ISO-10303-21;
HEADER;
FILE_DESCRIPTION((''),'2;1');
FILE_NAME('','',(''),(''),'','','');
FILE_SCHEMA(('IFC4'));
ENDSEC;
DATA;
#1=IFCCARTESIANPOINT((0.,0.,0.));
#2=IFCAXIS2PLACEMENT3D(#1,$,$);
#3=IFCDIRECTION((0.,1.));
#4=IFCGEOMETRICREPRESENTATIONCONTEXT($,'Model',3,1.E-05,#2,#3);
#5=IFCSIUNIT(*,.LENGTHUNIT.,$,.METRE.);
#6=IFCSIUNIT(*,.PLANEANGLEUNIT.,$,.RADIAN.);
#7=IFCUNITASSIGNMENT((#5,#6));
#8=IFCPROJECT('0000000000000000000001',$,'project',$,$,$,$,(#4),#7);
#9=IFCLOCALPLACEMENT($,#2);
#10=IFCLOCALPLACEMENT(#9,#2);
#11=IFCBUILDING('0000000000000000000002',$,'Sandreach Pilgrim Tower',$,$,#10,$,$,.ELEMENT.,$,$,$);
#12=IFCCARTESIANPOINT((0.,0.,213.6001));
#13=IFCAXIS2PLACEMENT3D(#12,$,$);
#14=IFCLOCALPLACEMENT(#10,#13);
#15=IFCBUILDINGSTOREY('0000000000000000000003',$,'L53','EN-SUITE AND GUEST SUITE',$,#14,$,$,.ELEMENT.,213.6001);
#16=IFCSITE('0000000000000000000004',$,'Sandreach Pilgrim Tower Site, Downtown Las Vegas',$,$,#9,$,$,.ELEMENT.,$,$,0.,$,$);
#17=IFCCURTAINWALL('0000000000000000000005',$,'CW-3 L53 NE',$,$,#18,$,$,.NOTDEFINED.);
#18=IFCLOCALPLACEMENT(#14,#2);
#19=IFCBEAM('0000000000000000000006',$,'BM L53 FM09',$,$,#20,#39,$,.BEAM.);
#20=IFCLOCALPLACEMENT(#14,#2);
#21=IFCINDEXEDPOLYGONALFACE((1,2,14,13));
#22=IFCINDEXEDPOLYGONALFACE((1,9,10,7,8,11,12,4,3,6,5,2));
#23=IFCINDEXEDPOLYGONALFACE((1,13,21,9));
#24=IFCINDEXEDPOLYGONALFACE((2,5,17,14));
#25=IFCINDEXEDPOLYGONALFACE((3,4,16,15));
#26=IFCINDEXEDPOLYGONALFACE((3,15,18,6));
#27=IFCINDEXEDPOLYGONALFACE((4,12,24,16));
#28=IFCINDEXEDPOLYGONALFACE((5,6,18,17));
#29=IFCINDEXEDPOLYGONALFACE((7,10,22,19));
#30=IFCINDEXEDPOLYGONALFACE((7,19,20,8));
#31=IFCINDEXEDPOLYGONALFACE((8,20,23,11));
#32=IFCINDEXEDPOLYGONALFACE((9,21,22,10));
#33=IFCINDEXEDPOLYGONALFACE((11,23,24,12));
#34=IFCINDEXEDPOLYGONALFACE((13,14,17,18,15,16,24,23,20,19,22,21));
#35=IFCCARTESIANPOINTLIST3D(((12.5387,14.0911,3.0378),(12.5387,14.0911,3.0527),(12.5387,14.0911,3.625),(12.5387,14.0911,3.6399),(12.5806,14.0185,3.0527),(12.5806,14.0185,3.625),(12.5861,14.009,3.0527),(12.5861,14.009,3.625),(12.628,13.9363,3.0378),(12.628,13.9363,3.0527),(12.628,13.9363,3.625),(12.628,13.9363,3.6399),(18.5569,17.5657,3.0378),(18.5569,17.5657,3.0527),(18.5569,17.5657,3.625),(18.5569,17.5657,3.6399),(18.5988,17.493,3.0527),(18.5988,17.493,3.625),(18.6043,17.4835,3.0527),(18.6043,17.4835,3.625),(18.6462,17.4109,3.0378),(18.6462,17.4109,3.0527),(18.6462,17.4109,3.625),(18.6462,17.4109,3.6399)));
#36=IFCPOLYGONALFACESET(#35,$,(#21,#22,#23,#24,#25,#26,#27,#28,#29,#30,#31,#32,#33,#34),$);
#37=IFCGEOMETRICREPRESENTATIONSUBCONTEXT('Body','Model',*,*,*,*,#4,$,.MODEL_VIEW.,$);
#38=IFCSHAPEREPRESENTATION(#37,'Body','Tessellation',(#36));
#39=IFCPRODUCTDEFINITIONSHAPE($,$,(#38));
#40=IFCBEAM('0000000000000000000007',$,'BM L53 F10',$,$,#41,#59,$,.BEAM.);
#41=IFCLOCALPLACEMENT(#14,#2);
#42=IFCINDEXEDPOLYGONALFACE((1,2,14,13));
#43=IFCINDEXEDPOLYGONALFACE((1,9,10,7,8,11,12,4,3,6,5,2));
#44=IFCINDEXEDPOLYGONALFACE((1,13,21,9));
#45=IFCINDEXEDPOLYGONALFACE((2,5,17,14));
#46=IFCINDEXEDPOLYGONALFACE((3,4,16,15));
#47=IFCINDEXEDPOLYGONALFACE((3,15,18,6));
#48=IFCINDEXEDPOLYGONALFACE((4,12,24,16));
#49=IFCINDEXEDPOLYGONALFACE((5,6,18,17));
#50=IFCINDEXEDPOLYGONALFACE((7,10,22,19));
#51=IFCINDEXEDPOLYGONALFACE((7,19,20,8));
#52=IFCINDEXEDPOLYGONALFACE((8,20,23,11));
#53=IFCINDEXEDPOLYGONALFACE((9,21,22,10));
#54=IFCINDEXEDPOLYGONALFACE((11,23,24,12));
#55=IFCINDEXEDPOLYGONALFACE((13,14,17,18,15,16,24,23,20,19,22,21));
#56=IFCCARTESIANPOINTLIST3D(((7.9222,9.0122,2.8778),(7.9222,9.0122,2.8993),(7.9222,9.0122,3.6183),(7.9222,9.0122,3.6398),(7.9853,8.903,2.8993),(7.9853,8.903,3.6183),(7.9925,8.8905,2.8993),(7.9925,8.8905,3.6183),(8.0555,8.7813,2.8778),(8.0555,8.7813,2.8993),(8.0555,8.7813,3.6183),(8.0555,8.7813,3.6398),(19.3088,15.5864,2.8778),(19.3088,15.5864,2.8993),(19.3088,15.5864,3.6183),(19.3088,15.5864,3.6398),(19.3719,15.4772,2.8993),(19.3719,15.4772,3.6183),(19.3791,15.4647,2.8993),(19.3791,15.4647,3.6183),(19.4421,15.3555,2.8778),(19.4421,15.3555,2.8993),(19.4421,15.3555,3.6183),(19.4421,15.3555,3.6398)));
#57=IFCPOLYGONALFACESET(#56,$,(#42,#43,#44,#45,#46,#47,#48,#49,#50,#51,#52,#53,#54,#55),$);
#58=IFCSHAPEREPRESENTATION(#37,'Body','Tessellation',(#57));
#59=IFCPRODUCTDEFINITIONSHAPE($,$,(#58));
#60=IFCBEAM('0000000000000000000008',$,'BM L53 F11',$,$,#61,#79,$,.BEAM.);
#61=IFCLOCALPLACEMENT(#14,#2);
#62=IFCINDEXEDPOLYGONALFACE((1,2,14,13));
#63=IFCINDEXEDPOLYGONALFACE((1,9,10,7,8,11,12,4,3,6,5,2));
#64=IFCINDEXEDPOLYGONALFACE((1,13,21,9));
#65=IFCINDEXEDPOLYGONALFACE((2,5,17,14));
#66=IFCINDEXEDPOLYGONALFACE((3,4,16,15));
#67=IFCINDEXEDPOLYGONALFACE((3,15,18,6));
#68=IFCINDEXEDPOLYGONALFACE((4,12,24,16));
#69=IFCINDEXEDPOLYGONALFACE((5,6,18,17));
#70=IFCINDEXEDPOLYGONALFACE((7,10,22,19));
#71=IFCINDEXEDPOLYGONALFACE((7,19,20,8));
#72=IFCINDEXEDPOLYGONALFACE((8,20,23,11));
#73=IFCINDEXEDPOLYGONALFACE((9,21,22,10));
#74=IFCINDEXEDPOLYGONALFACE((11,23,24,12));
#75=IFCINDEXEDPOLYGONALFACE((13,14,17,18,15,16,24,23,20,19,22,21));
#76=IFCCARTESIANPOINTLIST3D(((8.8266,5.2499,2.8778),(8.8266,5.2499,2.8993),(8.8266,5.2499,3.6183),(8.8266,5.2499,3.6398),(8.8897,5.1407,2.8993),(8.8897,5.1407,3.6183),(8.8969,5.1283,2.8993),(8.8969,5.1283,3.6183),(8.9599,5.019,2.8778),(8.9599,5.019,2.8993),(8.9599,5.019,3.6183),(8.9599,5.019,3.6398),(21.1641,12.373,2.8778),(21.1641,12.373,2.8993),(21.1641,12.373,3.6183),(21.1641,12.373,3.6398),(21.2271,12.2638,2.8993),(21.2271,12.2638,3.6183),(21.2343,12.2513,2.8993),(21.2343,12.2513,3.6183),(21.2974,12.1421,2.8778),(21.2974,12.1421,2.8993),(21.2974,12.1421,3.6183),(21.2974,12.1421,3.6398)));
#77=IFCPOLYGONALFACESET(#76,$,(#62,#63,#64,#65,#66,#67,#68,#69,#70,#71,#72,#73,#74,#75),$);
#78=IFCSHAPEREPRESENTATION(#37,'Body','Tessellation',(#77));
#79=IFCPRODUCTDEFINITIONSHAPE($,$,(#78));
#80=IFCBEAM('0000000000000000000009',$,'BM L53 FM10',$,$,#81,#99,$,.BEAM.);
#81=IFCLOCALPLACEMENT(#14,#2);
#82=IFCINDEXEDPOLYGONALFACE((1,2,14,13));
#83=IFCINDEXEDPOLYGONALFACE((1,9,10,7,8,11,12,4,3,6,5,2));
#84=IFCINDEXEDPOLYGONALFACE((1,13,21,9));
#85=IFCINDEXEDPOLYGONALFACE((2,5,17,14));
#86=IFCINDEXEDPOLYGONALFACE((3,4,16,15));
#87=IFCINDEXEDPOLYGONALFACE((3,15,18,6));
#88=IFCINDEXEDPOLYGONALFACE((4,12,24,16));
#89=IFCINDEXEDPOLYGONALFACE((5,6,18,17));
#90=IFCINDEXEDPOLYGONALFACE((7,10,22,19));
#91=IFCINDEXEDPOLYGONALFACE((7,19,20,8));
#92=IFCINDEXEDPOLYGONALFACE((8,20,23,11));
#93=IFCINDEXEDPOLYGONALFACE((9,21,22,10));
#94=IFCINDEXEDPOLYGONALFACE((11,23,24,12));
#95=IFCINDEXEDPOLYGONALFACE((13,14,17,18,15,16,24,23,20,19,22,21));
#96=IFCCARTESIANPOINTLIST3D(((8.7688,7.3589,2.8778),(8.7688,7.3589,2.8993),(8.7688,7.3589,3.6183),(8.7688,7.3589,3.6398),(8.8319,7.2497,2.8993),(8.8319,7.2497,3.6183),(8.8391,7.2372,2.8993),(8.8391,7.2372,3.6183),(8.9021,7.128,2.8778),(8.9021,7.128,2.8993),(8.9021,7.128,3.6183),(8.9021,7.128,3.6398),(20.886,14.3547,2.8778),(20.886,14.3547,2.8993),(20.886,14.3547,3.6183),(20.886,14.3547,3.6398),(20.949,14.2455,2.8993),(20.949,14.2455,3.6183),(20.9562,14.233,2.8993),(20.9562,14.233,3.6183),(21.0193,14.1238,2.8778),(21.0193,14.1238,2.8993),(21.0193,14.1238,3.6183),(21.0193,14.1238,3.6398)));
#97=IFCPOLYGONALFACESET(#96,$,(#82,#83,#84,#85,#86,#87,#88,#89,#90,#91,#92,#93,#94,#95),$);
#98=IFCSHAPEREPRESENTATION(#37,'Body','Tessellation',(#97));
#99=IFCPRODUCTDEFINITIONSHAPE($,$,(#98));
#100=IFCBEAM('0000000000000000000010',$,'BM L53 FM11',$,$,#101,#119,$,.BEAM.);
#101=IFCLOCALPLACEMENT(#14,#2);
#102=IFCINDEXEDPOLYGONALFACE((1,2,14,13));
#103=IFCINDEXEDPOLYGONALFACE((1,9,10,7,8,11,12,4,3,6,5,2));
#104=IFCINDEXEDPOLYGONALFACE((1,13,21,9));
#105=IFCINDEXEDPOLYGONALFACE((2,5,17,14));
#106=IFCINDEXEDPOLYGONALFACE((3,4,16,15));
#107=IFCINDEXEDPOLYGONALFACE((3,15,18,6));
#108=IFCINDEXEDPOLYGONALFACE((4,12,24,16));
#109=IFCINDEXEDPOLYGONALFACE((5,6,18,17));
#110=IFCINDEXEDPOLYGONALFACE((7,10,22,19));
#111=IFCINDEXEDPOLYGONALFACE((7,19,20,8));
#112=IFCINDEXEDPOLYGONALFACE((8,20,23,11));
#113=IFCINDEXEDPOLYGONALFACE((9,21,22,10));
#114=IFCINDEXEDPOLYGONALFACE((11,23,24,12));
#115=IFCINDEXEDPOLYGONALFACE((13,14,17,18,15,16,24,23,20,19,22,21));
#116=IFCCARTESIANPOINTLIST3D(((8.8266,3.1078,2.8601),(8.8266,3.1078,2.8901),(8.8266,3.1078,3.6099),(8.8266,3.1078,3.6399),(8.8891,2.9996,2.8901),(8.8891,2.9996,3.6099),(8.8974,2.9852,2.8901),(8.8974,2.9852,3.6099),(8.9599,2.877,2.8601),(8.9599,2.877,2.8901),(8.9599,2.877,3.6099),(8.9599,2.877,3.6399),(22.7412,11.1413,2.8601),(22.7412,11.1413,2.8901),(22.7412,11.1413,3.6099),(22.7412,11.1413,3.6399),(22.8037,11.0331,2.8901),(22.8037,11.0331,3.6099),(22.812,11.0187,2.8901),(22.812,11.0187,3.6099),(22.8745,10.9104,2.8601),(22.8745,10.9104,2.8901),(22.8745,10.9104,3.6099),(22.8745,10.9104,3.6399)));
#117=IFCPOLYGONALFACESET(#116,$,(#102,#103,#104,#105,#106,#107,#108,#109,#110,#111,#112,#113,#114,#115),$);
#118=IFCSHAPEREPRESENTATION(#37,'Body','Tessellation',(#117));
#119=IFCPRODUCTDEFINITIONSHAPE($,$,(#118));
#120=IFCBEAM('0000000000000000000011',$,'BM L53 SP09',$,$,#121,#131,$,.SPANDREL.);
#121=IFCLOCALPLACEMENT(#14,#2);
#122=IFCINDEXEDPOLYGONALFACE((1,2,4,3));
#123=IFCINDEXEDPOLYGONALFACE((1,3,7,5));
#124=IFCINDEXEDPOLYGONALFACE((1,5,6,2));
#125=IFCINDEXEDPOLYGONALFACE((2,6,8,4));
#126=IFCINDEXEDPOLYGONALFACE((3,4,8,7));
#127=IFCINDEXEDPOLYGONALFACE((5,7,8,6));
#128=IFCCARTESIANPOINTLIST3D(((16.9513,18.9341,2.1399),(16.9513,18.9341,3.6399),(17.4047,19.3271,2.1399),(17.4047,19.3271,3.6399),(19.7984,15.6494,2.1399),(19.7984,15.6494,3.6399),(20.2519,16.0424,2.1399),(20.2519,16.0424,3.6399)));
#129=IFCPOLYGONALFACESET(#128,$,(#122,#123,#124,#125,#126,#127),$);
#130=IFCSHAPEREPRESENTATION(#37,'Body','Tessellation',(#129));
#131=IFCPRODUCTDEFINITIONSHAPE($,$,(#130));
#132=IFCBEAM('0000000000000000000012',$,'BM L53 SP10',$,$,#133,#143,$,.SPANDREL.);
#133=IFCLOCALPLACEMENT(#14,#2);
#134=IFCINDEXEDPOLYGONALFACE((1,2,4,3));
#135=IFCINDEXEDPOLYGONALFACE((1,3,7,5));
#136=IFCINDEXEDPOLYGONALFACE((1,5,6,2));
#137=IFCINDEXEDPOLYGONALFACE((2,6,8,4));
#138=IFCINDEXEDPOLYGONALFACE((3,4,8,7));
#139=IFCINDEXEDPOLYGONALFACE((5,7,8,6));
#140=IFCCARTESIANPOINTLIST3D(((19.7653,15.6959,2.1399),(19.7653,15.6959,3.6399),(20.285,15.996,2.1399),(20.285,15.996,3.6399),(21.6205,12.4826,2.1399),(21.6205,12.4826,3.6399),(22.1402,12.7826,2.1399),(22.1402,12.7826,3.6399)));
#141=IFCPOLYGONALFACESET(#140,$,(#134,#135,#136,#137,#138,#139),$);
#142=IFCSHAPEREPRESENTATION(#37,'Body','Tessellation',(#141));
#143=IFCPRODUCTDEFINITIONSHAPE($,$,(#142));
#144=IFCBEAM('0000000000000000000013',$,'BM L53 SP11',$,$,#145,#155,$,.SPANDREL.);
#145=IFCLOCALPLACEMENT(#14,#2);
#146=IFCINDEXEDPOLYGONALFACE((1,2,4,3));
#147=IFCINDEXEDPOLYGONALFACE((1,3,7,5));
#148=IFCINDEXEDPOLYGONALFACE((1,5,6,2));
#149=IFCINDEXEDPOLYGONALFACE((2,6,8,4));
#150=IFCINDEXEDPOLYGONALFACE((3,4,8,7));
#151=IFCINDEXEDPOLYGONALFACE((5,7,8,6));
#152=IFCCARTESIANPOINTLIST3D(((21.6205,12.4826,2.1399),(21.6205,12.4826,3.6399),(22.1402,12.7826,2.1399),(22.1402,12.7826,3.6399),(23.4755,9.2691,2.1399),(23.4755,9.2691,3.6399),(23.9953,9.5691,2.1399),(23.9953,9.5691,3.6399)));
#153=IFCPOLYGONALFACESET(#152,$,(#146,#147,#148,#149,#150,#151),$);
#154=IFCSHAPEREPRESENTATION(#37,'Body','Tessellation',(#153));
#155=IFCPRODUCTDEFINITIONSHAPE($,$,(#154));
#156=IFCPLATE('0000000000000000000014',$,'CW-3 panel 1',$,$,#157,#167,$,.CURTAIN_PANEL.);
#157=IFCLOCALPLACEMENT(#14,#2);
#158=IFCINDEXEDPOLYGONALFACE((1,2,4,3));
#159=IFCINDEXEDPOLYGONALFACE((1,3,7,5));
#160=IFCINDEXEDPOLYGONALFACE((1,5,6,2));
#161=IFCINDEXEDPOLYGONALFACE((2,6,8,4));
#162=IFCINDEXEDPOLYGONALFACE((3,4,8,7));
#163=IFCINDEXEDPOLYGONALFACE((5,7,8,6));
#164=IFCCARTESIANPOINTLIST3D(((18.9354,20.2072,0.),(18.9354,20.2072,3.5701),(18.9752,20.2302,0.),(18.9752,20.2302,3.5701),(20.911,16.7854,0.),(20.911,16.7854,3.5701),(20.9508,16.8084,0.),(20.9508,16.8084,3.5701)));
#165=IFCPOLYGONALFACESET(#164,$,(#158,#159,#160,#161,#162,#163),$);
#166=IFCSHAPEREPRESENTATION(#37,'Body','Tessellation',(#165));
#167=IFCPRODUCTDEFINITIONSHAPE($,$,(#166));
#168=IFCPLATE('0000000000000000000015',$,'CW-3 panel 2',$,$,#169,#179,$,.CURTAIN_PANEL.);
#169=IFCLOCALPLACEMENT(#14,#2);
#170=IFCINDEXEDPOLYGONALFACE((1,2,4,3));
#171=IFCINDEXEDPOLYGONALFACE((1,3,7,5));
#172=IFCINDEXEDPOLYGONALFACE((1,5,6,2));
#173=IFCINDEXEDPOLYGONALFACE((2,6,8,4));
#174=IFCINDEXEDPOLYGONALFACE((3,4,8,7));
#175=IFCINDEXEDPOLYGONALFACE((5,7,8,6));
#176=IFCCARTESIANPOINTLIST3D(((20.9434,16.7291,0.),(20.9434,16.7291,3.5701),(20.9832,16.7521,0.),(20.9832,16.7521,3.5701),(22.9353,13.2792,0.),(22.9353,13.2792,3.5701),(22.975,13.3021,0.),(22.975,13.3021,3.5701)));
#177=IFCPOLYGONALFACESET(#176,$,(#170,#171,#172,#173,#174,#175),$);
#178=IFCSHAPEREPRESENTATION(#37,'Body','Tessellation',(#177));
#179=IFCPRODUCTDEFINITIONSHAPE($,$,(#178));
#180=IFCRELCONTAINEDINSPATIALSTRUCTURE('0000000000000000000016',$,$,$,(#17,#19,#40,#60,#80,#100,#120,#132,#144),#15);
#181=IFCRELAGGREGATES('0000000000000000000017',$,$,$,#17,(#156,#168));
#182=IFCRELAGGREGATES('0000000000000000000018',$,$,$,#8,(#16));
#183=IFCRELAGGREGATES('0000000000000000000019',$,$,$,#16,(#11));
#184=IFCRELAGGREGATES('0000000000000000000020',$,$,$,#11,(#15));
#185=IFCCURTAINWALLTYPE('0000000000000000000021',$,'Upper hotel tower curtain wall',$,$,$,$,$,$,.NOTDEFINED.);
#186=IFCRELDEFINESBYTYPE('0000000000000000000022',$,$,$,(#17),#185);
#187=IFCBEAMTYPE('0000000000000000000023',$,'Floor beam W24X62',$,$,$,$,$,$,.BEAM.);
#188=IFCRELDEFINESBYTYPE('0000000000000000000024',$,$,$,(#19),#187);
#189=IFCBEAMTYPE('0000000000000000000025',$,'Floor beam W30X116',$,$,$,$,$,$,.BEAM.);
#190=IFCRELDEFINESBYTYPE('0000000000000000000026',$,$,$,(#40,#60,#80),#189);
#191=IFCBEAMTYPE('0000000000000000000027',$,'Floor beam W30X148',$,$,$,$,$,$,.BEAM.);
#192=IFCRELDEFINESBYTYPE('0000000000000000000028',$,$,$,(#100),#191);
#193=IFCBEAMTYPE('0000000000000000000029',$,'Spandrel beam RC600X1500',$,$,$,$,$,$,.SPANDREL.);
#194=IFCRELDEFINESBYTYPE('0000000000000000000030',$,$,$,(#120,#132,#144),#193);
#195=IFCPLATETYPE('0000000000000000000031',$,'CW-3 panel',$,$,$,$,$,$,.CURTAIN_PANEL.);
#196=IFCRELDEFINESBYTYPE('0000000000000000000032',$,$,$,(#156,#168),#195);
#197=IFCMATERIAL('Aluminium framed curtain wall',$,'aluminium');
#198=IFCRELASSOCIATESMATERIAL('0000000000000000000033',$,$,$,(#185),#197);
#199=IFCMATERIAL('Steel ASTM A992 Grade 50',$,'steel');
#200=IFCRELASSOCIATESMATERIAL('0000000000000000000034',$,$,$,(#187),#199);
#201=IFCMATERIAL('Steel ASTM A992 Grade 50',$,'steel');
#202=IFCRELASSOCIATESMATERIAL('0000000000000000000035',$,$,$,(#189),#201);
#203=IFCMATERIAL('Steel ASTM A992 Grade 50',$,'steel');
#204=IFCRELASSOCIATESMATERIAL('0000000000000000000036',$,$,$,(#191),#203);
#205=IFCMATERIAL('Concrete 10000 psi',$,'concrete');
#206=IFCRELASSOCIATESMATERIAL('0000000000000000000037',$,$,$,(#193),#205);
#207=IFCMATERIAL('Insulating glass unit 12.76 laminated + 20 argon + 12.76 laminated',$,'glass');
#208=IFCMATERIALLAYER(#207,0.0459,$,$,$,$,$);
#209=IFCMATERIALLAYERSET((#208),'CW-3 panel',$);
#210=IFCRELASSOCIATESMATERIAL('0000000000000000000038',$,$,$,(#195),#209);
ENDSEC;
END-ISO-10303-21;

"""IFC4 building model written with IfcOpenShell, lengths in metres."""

from ifc_helpers import new_model, si_unit, direction, frame, origin, origin_2d, place, context, subcontext, project, spatial, rectangle, i_section, extrude, material, layer, layer_set, material_profile, profile_set, type_object, element, aggregate, save


model = new_model("IFC4")

# Units and contexts
model_context = context("Model", 3, precision=1e-05, world=origin(), true_north=direction((0.0, 1.0)))
body_context = subcontext(model_context, "Body", "Model", "MODEL_VIEW")
ifc_project = project(units=[si_unit("LENGTHUNIT", "METRE"), si_unit("PLANEANGLEUNIT", "RADIAN")], contexts=[model_context])

# Site, building, storey
site_placement = place(None, origin())
site = spatial("IfcSite", under=ifc_project, at=site_placement, Name="Sandreach Pilgrim Tower Site, Downtown Las Vegas", CompositionType="ELEMENT", RefElevation=0.0)
building_placement = place(site_placement, origin())
building = spatial("IfcBuilding", under=site, at=building_placement, Name="Sandreach Pilgrim Tower", CompositionType="ELEMENT")
storey_placement = place(building_placement, frame((0.0, 0.0, 213.6001)))
storey = spatial("IfcBuildingStorey", under=building, at=storey_placement, Name="L53", Description="EN-SUITE AND GUEST SUITE", CompositionType="ELEMENT", Elevation=213.6001)

# Shared definitions
ifc_material_1 = material(Name="Aluminium framed curtain wall", Category="aluminium")
curtain_wall_type = type_object("IfcCurtainWallType", Name="Upper hotel tower curtain wall", PredefinedType="NOTDEFINED", material=ifc_material_1)

# Curtain wall
curtain_wall_1_placement = place(storey_placement, origin())
curtain_wall_1 = element("IfcCurtainWall", 1, at=curtain_wall_1_placement, inside=storey, type_object=curtain_wall_type, Name="CW-3 L53 NE", PredefinedType="NOTDEFINED")

# Beams
ifc_material_2 = material(Name="Steel ASTM A992 Grade 50", Category="steel")
ifc_material_profile_1 = material_profile(ifc_material_2, i_section(OverallWidth=0.1787, OverallDepth=0.6021, WebThickness=0.011, FlangeThickness=0.0149, at=origin_2d()), Name="W24X62")
ifc_profile_set_1 = profile_set([ifc_material_profile_1], Name="Steel ASTM A992 Grade 50")
beam_type_1 = type_object("IfcBeamType", Name="Floor beam W24X62", PredefinedType="BEAM", material=ifc_profile_set_1)
beam_1_placement = place(storey_placement, frame((18.6016, 17.4883, 3.3389), z_axis=(-0.866029, -0.499993, 0.0), x_axis=(0.499993, -0.866029, 0.0)))
element("IfcBeam", 2, at=beam_1_placement, inside=storey, type_object=beam_type_1, Name="BM L53 FM09", PredefinedType="BEAM", context=body_context, shape_type="SweptSolid", body=[
    extrude(i_section(OverallWidth=0.1787, OverallDepth=0.6021, WebThickness=0.011, FlangeThickness=0.0149, at=origin_2d()), origin(), (0.0, 0.0, 1.0), 6.9492),
])
ifc_material_3 = material(Name="Steel ASTM A992 Grade 50", Category="steel")
ifc_material_profile_2 = material_profile(ifc_material_3, i_section(OverallWidth=0.2666, OverallDepth=0.762, WebThickness=0.0144, FlangeThickness=0.0215, at=origin_2d()), Name="W30X116")
ifc_profile_set_2 = profile_set([ifc_material_profile_2], Name="Steel ASTM A992 Grade 50")
beam_type_2 = type_object("IfcBeamType", Name="Floor beam W30X116", PredefinedType="BEAM", material=ifc_profile_set_2)
beam_2_placement = place(storey_placement, frame((19.3755, 15.4709, 3.2588), z_axis=(-0.866022, -0.500005, 0.0), x_axis=(0.500005, -0.866022, 0.0)))
element("IfcBeam", 3, at=beam_2_placement, inside=storey, type_object=beam_type_2, Name="BM L53 F10", PredefinedType="BEAM", context=body_context, shape_type="SweptSolid", body=[
    extrude(i_section(OverallWidth=0.2666, OverallDepth=0.762, WebThickness=0.0144, FlangeThickness=0.0215, at=origin_2d()), origin(), (0.0, 0.0, 1.0), 13.1482),
])
beam_3_placement = place(storey_placement, frame((21.2307, 12.2576, 3.2588), z_axis=(-0.866024, -0.500002, 0.0), x_axis=(0.500002, -0.866024, 0.0)))
element("IfcBeam", 4, at=beam_3_placement, inside=storey, type_object=beam_type_2, Name="BM L53 F11", PredefinedType="BEAM", context=body_context, shape_type="SweptSolid", body=[
    extrude(i_section(OverallWidth=0.2666, OverallDepth=0.762, WebThickness=0.0144, FlangeThickness=0.0215, at=origin_2d()), origin(), (0.0, 0.0, 1.0), 14.2461),
])
beam_4_placement = place(storey_placement, frame((20.9526, 14.2393, 3.2588), z_axis=(-0.866026, -0.499999, 0.0), x_axis=(0.499999, -0.866026, 0.0)))
element("IfcBeam", 5, at=beam_4_placement, inside=storey, type_object=beam_type_2, Name="BM L53 FM10", PredefinedType="BEAM", context=body_context, shape_type="SweptSolid", body=[
    extrude(i_section(OverallWidth=0.2666, OverallDepth=0.762, WebThickness=0.0144, FlangeThickness=0.0215, at=origin_2d()), origin(), (0.0, 0.0, 1.0), 13.9917),
])
ifc_material_4 = material(Name="Steel ASTM A992 Grade 50", Category="steel")
ifc_material_profile_3 = material_profile(ifc_material_4, i_section(OverallWidth=0.2666, OverallDepth=0.7798, WebThickness=0.0166, FlangeThickness=0.03, at=origin_2d()), Name="W30X148")
ifc_profile_set_3 = profile_set([ifc_material_profile_3], Name="Steel ASTM A992 Grade 50")
beam_type_3 = type_object("IfcBeamType", Name="Floor beam W30X148", PredefinedType="BEAM", material=ifc_profile_set_3)
beam_5_placement = place(storey_placement, frame((22.8079, 11.0259, 3.25), z_axis=(-0.866029, -0.499994, 0.0), x_axis=(0.499994, -0.866029, 0.0)))
element("IfcBeam", 6, at=beam_5_placement, inside=storey, type_object=beam_type_3, Name="BM L53 FM11", PredefinedType="BEAM", context=body_context, shape_type="SweptSolid", body=[
    extrude(i_section(OverallWidth=0.2666, OverallDepth=0.7798, WebThickness=0.0166, FlangeThickness=0.03, at=origin_2d()), origin(), (0.0, 0.0, 1.0), 16.0671),
])
ifc_material_5 = material(Name="Concrete 10000 psi", Category="concrete")
ifc_material_profile_4 = material_profile(ifc_material_5, rectangle(XDim=0.6001, YDim=1.5, at=origin_2d()), Name="RC600X1500")
ifc_profile_set_4 = profile_set([ifc_material_profile_4], Name="Concrete 10000 psi")
beam_type_4 = type_object("IfcBeamType", Name="Spandrel beam RC600X1500", PredefinedType="SPANDREL", material=ifc_profile_set_4)
beam_6_placement = place(storey_placement, frame((17.178, 19.1306, 2.8899), z_axis=(0.65499, -0.755637, 0.0), x_axis=(0.755637, 0.65499, 0.0)))
element("IfcBeam", 7, at=beam_6_placement, inside=storey, type_object=beam_type_4, Name="BM L53 SP09", PredefinedType="SPANDREL", context=body_context, shape_type="SweptSolid", body=[
    extrude(rectangle(XDim=0.6001, YDim=1.5, at=origin_2d()), origin(), (0.0, 0.0, 1.0), 4.3469),
])
for number, where, z_axis, x_axis, name in (
    (8, (20.0251, 15.8459, 2.8899), (0.499996, -0.866028, 0.0), (0.866028, 0.499996, 0.0), "BM L53 SP10"),
    (9, (21.8804, 12.6326, 2.8899), (0.499946, -0.866056, 0.0), (0.866056, 0.499946, 0.0), "BM L53 SP11"),
):
    element("IfcBeam", number, at=place(storey_placement, frame(where, z_axis=z_axis, x_axis=x_axis)), inside=storey, type_object=beam_type_4, Name=name, PredefinedType="SPANDREL", context=body_context, shape_type="SweptSolid", body=[
        extrude(rectangle(XDim=0.6001, YDim=1.5, at=origin_2d()), origin(), (0.0, 0.0, 1.0), 3.7104),
    ])

# Plates
ifc_material_6 = material(Name="Insulating glass unit 12.76 laminated + 20 argon + 12.76 laminated", Category="glass")
ifc_layer_1 = layer(ifc_material_6, 0.0459)
ifc_layer_set_1 = layer_set([ifc_layer_1], Name="CW-3 panel")
plate_type = type_object("IfcPlateType", Name="CW-3 panel", PredefinedType="CURTAIN_PANEL", material=ifc_layer_set_1)
plate_1_placement = place(storey_placement, frame((19.9431, 18.5078, 0.0), z_axis=(0.0, 0.0, 1.0), x_axis=(0.5, -0.866025, 0.0)))
plate_1 = element("IfcPlate", 10, at=plate_1_placement, type_object=plate_type, Name="CW-3 panel 1", PredefinedType="CURTAIN_PANEL", context=body_context, shape_type="SweptSolid", body=[
    extrude(rectangle(XDim=3.9512, YDim=0.0459, at=origin_2d()), origin(), (0.0, 0.0, 1.0), 3.5701),
])
plate_2_placement = place(storey_placement, frame((21.9592, 15.0156, 0.0), z_axis=(0.0, 0.0, 1.0), x_axis=(0.5, -0.866025, 0.0)))
plate_2 = element("IfcPlate", 11, at=plate_2_placement, type_object=plate_type, Name="CW-3 panel 2", PredefinedType="CURTAIN_PANEL", context=body_context, shape_type="SweptSolid", body=[
    extrude(rectangle(XDim=3.9836, YDim=0.0459, at=origin_2d()), origin(), (0.0, 0.0, 1.0), 3.5701),
])
aggregate(curtain_wall_1, [plate_1, plate_2])

save(model, "model.ifc")
